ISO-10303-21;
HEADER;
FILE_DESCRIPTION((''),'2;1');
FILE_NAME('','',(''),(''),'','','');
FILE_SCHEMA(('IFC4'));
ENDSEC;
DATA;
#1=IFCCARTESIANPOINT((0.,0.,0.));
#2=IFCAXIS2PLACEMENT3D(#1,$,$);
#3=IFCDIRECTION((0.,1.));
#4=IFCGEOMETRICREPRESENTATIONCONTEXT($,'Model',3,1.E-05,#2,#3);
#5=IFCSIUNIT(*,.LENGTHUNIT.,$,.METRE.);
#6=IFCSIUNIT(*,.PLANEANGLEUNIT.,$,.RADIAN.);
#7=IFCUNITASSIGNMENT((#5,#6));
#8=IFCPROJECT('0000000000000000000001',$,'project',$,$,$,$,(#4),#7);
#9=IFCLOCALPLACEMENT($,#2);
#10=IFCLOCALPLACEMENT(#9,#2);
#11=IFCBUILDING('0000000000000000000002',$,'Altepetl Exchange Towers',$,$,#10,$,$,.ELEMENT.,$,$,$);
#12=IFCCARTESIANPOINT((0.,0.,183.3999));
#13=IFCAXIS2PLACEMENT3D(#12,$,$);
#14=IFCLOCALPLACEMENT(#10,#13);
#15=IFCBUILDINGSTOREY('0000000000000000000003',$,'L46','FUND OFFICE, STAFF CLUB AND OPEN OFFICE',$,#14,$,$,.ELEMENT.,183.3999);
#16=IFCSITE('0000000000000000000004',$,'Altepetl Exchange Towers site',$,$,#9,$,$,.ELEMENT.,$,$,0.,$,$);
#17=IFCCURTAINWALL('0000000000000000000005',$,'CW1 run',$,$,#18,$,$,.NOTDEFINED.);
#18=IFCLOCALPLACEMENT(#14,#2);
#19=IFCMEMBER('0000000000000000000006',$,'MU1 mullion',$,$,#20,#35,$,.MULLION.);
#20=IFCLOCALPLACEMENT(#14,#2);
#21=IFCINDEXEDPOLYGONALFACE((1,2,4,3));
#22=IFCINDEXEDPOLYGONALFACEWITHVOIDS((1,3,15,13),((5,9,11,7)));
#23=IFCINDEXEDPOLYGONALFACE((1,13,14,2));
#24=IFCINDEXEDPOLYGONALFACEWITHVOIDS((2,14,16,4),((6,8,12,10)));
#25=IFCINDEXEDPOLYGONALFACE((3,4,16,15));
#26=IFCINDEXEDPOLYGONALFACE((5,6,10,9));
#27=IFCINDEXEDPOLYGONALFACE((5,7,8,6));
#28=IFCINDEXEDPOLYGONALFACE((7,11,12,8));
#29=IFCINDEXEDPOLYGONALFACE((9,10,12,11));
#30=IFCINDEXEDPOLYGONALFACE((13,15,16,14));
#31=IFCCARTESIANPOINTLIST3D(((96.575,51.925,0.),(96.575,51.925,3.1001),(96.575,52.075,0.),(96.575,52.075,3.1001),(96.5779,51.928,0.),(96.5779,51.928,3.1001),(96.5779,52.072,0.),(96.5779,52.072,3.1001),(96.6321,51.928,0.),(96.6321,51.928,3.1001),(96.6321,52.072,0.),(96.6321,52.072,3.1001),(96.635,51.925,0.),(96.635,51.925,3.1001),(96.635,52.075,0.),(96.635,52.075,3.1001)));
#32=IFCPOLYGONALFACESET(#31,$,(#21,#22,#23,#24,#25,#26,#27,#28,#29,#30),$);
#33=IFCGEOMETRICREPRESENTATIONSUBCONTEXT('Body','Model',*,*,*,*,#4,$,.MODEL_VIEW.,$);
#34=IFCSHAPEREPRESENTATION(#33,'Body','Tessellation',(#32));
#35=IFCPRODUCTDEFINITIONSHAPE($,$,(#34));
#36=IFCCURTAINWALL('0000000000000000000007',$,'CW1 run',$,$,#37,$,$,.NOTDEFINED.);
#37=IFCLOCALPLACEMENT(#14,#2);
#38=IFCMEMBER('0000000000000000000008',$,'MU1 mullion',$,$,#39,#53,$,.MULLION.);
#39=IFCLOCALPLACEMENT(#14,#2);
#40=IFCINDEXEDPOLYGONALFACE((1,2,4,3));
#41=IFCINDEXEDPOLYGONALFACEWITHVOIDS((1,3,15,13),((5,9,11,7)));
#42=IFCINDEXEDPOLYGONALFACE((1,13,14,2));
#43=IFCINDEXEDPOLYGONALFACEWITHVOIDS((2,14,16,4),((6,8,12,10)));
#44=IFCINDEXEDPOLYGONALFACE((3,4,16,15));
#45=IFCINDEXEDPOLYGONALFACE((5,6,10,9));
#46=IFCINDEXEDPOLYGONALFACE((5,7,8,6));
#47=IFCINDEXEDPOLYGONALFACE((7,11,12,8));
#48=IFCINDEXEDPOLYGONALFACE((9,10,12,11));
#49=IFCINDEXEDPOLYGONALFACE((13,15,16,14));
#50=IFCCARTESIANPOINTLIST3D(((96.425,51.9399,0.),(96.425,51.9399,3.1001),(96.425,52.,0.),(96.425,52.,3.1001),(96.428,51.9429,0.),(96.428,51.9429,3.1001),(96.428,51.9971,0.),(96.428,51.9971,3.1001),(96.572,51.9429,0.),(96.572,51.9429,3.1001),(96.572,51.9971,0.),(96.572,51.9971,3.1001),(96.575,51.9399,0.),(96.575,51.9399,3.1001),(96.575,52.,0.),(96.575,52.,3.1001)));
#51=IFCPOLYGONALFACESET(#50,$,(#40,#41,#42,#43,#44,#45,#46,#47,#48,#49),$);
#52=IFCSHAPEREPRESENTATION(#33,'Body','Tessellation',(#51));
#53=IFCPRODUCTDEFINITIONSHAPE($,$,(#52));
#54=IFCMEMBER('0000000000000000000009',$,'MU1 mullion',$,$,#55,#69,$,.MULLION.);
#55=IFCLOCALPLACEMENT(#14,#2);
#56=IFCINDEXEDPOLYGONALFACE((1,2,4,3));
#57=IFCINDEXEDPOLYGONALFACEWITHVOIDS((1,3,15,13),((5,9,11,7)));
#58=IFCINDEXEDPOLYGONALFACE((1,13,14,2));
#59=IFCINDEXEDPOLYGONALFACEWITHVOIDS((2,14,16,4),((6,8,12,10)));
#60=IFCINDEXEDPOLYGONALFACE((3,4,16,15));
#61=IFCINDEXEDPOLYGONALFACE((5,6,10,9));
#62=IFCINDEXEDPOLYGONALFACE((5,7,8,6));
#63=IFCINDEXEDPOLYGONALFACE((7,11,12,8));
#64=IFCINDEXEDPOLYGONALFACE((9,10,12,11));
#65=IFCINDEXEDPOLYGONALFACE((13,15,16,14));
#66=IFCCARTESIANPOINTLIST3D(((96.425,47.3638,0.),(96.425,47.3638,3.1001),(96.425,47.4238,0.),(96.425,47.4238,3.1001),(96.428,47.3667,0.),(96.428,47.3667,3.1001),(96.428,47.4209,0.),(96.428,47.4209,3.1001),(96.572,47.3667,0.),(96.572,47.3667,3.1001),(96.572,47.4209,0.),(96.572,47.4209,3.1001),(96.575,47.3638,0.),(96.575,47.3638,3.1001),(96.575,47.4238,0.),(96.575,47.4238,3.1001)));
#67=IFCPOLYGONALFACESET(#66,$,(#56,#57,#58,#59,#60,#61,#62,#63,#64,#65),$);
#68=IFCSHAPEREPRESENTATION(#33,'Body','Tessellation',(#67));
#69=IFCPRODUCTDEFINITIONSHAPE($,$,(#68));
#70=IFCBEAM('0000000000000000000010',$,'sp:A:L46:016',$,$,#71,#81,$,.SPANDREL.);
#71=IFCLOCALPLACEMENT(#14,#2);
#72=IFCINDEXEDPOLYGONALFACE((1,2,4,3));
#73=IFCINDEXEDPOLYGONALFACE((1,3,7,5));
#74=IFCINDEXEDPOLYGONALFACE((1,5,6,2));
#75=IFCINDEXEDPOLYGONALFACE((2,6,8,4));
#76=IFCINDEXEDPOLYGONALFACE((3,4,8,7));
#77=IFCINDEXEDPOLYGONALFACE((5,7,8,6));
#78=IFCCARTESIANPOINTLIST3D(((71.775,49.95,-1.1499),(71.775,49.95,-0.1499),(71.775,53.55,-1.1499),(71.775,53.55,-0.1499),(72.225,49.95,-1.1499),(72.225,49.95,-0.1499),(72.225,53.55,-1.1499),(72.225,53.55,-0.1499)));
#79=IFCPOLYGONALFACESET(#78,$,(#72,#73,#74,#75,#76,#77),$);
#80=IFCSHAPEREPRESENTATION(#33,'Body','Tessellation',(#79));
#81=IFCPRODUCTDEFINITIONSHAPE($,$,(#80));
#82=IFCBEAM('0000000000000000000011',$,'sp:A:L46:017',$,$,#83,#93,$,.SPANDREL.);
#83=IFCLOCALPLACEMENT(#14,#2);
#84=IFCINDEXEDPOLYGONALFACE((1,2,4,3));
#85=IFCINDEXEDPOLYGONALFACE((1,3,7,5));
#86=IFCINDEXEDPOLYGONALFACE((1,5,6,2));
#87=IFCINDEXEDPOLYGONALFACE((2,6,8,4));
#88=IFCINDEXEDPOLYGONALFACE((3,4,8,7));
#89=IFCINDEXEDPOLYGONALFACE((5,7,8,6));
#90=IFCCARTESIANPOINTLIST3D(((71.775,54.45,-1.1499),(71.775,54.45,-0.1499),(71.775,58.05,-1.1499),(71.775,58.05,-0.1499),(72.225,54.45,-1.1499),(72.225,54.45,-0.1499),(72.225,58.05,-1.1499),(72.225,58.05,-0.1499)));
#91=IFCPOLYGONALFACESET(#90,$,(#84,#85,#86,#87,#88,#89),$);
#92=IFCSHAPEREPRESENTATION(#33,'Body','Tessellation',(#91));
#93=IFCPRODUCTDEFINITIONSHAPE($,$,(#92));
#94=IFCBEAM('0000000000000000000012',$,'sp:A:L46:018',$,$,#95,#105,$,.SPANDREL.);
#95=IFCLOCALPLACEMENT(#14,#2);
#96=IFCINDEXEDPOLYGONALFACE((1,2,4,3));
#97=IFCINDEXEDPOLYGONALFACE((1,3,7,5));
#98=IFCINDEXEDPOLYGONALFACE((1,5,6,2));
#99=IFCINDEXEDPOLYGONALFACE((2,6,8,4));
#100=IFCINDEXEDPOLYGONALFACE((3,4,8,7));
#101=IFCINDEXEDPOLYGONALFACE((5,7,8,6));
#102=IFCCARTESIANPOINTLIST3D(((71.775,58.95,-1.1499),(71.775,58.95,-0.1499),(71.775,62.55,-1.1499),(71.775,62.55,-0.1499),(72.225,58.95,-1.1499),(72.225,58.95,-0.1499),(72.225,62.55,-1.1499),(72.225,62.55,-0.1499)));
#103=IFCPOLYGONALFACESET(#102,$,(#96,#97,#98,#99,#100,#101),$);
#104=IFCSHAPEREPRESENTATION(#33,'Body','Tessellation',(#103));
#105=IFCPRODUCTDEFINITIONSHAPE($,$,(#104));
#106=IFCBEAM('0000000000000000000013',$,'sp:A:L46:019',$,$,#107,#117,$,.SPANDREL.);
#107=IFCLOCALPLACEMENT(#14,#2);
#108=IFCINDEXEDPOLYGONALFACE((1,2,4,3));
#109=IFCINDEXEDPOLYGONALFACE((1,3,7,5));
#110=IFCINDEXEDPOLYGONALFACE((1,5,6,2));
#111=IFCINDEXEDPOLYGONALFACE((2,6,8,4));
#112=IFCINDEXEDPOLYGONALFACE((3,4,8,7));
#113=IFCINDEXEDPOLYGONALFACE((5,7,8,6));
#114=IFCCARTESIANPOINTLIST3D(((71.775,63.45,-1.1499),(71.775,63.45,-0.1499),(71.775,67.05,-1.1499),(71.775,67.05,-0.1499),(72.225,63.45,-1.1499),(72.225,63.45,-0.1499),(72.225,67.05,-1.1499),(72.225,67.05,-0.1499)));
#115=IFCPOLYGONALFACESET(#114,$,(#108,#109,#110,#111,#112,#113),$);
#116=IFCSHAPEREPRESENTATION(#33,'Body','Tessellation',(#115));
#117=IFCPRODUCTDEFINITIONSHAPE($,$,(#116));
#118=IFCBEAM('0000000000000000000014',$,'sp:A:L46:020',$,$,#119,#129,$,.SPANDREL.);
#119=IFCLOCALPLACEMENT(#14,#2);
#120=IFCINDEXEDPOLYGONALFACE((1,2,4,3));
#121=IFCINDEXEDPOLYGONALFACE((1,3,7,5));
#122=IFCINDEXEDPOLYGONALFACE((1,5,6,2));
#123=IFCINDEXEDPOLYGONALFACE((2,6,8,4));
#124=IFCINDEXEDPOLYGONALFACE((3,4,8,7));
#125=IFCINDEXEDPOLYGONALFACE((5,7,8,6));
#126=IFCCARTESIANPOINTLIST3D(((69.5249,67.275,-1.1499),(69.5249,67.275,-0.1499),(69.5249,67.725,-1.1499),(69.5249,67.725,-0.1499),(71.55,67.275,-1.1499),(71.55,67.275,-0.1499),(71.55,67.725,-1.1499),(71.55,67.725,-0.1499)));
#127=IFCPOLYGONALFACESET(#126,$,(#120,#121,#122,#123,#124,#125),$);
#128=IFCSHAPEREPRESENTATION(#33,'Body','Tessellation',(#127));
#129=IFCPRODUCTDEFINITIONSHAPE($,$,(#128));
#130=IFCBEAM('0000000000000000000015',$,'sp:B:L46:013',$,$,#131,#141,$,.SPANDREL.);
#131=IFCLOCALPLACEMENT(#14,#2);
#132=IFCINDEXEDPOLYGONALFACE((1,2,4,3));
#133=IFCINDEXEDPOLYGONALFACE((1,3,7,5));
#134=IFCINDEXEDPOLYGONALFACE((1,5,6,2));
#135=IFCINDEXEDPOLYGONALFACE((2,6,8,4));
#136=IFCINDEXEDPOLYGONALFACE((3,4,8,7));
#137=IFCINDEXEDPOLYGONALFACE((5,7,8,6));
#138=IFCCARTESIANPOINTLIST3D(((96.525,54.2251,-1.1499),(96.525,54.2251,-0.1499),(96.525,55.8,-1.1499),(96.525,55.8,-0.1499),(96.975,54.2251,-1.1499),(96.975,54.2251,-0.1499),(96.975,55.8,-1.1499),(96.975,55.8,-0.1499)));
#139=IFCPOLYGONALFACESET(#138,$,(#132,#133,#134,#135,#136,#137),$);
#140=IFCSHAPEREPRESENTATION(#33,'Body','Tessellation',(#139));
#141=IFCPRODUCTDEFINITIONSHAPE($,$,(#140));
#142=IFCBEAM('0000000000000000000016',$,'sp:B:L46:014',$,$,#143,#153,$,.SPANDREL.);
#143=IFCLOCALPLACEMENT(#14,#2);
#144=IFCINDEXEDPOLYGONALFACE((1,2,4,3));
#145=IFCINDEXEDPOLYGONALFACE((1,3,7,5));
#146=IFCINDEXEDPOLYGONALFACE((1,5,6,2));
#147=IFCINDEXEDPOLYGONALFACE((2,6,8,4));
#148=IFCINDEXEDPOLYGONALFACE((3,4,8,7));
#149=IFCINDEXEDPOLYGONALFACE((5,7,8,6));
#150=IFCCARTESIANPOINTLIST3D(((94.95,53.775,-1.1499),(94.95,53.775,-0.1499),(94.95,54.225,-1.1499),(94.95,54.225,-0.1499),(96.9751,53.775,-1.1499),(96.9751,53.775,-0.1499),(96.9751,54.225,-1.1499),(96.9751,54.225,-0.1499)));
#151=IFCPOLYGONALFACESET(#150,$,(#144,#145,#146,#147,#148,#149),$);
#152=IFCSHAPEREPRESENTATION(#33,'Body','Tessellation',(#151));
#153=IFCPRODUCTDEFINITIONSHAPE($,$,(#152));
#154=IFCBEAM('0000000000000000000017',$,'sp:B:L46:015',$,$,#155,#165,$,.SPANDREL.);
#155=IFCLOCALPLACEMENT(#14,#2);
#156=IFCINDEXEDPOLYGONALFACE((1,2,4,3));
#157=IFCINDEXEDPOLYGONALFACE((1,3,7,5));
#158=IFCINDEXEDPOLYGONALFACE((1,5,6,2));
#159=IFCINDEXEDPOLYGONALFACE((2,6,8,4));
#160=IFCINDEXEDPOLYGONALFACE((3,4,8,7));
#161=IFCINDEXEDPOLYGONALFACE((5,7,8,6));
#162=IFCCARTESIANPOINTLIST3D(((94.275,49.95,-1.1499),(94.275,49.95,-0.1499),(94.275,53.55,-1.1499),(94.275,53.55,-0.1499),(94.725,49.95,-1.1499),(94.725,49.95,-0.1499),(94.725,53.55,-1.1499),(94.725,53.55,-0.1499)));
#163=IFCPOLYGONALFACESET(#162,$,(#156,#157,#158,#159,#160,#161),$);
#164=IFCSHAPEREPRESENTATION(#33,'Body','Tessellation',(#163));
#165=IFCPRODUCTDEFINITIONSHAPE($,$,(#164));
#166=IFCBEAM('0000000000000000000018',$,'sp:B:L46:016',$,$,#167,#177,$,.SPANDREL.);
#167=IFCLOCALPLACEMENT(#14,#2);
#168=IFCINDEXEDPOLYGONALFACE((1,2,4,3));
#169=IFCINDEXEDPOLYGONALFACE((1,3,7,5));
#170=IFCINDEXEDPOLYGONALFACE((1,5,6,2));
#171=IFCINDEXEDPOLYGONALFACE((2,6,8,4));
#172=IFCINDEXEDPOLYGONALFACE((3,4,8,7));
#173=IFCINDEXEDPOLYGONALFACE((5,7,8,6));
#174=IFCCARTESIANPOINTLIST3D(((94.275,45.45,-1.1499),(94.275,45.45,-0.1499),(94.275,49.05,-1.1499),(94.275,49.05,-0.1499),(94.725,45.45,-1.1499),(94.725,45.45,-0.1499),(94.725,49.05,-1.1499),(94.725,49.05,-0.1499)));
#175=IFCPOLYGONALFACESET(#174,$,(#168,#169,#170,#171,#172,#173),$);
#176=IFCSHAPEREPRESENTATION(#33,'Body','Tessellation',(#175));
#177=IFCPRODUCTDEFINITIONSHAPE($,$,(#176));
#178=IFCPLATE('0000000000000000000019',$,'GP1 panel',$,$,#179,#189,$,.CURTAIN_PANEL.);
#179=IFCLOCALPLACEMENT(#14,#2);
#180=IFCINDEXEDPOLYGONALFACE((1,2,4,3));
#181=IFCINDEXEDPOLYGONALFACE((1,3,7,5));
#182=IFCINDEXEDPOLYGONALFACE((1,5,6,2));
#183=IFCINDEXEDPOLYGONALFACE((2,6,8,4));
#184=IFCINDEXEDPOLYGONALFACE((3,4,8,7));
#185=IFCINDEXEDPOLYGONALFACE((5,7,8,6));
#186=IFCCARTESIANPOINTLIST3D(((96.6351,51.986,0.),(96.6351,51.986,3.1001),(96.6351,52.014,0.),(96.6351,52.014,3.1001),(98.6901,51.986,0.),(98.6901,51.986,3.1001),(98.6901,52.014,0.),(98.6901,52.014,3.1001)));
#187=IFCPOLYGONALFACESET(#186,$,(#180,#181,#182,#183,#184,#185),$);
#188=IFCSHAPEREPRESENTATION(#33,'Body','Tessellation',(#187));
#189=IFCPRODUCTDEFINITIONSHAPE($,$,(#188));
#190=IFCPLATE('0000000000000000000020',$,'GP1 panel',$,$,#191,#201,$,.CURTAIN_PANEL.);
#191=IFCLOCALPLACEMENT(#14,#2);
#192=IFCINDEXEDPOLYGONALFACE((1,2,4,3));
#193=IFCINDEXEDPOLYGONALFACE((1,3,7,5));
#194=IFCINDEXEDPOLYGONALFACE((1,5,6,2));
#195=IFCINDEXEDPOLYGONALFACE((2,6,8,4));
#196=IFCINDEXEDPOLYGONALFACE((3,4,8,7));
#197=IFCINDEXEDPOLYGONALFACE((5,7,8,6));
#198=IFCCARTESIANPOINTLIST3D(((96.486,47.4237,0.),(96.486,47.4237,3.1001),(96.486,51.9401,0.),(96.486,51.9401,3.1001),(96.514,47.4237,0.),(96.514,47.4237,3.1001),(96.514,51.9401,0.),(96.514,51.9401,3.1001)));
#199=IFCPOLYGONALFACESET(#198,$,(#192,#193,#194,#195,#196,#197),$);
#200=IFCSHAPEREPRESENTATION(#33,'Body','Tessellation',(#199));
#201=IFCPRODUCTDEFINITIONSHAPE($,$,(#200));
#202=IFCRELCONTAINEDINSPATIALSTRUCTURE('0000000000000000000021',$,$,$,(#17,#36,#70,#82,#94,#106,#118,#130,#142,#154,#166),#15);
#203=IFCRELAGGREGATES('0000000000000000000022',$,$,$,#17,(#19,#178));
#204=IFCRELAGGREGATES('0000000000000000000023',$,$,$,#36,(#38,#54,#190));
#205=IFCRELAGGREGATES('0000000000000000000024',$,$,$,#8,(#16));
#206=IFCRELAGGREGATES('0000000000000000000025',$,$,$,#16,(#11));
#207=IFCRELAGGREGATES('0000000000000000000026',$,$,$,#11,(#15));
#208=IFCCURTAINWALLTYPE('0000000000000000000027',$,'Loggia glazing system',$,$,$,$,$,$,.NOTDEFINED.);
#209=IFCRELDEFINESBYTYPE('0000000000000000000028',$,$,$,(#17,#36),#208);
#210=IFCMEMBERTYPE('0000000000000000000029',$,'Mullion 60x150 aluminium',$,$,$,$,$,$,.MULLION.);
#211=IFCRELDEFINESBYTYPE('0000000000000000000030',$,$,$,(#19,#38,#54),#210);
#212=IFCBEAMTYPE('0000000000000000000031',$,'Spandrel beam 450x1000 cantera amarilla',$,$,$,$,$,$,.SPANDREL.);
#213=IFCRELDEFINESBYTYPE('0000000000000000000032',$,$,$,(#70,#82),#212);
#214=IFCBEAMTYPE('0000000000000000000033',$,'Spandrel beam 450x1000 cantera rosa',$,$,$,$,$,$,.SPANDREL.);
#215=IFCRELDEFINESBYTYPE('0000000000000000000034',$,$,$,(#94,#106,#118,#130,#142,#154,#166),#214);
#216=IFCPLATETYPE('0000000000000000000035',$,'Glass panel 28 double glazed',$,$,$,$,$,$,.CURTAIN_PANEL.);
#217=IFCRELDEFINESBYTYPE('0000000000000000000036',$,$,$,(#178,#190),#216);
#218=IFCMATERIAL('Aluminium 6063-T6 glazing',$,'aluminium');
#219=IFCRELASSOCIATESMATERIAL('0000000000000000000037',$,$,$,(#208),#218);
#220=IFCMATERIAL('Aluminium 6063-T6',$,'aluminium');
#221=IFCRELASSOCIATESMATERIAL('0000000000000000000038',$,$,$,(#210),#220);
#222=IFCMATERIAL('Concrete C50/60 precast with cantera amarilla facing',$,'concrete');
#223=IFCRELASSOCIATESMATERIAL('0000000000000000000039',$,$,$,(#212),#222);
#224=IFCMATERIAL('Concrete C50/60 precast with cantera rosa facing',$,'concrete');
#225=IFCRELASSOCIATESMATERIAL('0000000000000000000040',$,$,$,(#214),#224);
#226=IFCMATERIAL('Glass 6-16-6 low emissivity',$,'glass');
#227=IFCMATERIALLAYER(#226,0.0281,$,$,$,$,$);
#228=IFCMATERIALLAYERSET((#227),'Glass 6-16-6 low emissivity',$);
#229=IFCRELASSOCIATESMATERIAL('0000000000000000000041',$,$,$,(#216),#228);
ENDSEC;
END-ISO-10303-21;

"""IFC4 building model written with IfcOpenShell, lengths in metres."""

from ifc_helpers import new_model, si_unit, direction, frame, origin, origin_2d, place, context, subcontext, project, spatial, rectangle, hollow_rectangle, extrude, material, layer, layer_set, material_profile, profile_set, type_object, element, aggregate, save


model = new_model("IFC4")

# Units and contexts
model_context = context("Model", 3, precision=1e-05, world=origin(), true_north=direction((0.0, 1.0)))
body_context = subcontext(model_context, "Body", "Model", "MODEL_VIEW")
ifc_project = project(units=[si_unit("LENGTHUNIT", "METRE"), si_unit("PLANEANGLEUNIT", "RADIAN")], contexts=[model_context])

# Site, building, storey
site_placement = place(None, origin())
site = spatial("IfcSite", under=ifc_project, at=site_placement, Name="Altepetl Exchange Towers site", CompositionType="ELEMENT", RefElevation=0.0)
building_placement = place(site_placement, origin())
building = spatial("IfcBuilding", under=site, at=building_placement, Name="Altepetl Exchange Towers", CompositionType="ELEMENT")
storey_placement = place(building_placement, frame((0.0, 0.0, 183.3999)))
storey = spatial("IfcBuildingStorey", under=building, at=storey_placement, Name="L46", Description="FUND OFFICE, STAFF CLUB AND OPEN OFFICE", CompositionType="ELEMENT", Elevation=183.3999)

# Shared definitions
ifc_material_1 = material(Name="Aluminium 6063-T6 glazing", Category="aluminium")
curtain_wall_type = type_object("IfcCurtainWallType", Name="Loggia glazing system", PredefinedType="NOTDEFINED", material=ifc_material_1)
ifc_material_2 = material(Name="Aluminium 6063-T6", Category="aluminium")
ifc_material_profile_1 = material_profile(ifc_material_2, hollow_rectangle(XDim=0.0601, YDim=0.1499, WallThickness=0.0029, at=origin_2d()), Name="Mullion 60x150 aluminium")
ifc_profile_set_1 = profile_set([ifc_material_profile_1], Name="Aluminium 6063-T6")
member_type = type_object("IfcMemberType", Name="Mullion 60x150 aluminium", PredefinedType="MULLION", material=ifc_profile_set_1)

# Curtain walls, members
curtain_wall_1_placement = place(storey_placement, origin())
curtain_wall_1 = element("IfcCurtainWall", 1, at=curtain_wall_1_placement, inside=storey, type_object=curtain_wall_type, Name="CW1 run", PredefinedType="NOTDEFINED")
member_1_placement = place(storey_placement, frame((96.605, 52.0, 0.0), z_axis=(0.0, 0.0, 1.0), x_axis=(-1.0, 0.0, 0.0)))
member_1 = element("IfcMember", 2, at=member_1_placement, type_object=member_type, Name="MU1 mullion", PredefinedType="MULLION", context=body_context, shape_type="SweptSolid", body=[
    extrude(hollow_rectangle(XDim=0.0601, YDim=0.1499, WallThickness=0.0029, at=origin_2d()), origin(), (0.0, 0.0, 1.0), 3.1001),
])
curtain_wall_2_placement = place(storey_placement, origin())
curtain_wall_2 = element("IfcCurtainWall", 3, at=curtain_wall_2_placement, inside=storey, type_object=curtain_wall_type, Name="CW1 run", PredefinedType="NOTDEFINED")
member_2_placement = place(storey_placement, frame((96.5, 51.97, 0.0), z_axis=(0.0, 0.0, 1.0), x_axis=(0.0, -1.0, 0.0)))
member_2 = element("IfcMember", 4, at=member_2_placement, type_object=member_type, Name="MU1 mullion", PredefinedType="MULLION", context=body_context, shape_type="SweptSolid", body=[
    extrude(hollow_rectangle(XDim=0.0601, YDim=0.1499, WallThickness=0.0029, at=origin_2d()), origin(), (0.0, 0.0, 1.0), 3.1001),
])
member_3_placement = place(storey_placement, frame((96.5, 47.3938, 0.0), z_axis=(0.0, 0.0, 1.0), x_axis=(0.0, -1.0, 0.0)))
member_3 = element("IfcMember", 5, at=member_3_placement, type_object=member_type, Name="MU1 mullion", PredefinedType="MULLION", context=body_context, shape_type="SweptSolid", body=[
    extrude(hollow_rectangle(XDim=0.0601, YDim=0.1499, WallThickness=0.0029, at=origin_2d()), origin(), (0.0, 0.0, 1.0), 3.1001),
])

# Beams
ifc_material_3 = material(Name="Concrete C50/60 precast with cantera amarilla facing", Category="concrete")
ifc_material_profile_2 = material_profile(ifc_material_3, rectangle(XDim=0.45, YDim=1.0, at=origin_2d()), Name="450 x 1000")
ifc_profile_set_2 = profile_set([ifc_material_profile_2], Name="Concrete C50/60 precast with cantera amarilla facing")
beam_type_1 = type_object("IfcBeamType", Name="Spandrel beam 450x1000 cantera amarilla", PredefinedType="SPANDREL", material=ifc_profile_set_2)
for number, where, z_axis, x_axis, name in (
    (6, (72.0, 49.95, -0.6499), (0.0, 1.0, 0.0), (-1.0, 0.0, 0.0), "sp:A:L46:016"),
    (7, (72.0, 54.45, -0.6499), (0.0, 1.0, 0.0), (-1.0, 0.0, 0.0), "sp:A:L46:017"),
):
    element("IfcBeam", number, at=place(storey_placement, frame(where, z_axis=z_axis, x_axis=x_axis)), inside=storey, type_object=beam_type_1, Name=name, PredefinedType="SPANDREL", context=body_context, shape_type="SweptSolid", body=[
        extrude(rectangle(XDim=0.45, YDim=1.0, at=origin_2d()), origin(), (0.0, 0.0, 1.0), 3.6001),
    ])
ifc_material_4 = material(Name="Concrete C50/60 precast with cantera rosa facing", Category="concrete")
ifc_material_profile_3 = material_profile(ifc_material_4, rectangle(XDim=0.45, YDim=1.0, at=origin_2d()), Name="450 x 1000")
ifc_profile_set_3 = profile_set([ifc_material_profile_3], Name="Concrete C50/60 precast with cantera rosa facing")
beam_type_2 = type_object("IfcBeamType", Name="Spandrel beam 450x1000 cantera rosa", PredefinedType="SPANDREL", material=ifc_profile_set_3)
for number, where, z_axis, x_axis, name in (
    (8, (72.0, 58.95, -0.6499), (0.0, 1.0, 0.0), (-1.0, 0.0, 0.0), "sp:A:L46:018"),
    (9, (72.0, 63.45, -0.6499), (0.0, 1.0, 0.0), (-1.0, 0.0, 0.0), "sp:A:L46:019"),
):
    element("IfcBeam", number, at=place(storey_placement, frame(where, z_axis=z_axis, x_axis=x_axis)), inside=storey, type_object=beam_type_2, Name=name, PredefinedType="SPANDREL", context=body_context, shape_type="SweptSolid", body=[
        extrude(rectangle(XDim=0.45, YDim=1.0, at=origin_2d()), origin(), (0.0, 0.0, 1.0), 3.6001),
    ])
beam_1_placement = place(storey_placement, frame((71.55, 67.5, -0.6499), z_axis=(-1.0, 0.0, 0.0), x_axis=(0.0, -1.0, 0.0)))
element("IfcBeam", 10, at=beam_1_placement, inside=storey, type_object=beam_type_2, Name="sp:A:L46:020", PredefinedType="SPANDREL", context=body_context, shape_type="SweptSolid", body=[
    extrude(rectangle(XDim=0.45, YDim=1.0, at=origin_2d()), origin(), (0.0, 0.0, 1.0), 2.0251),
])
beam_2_placement = place(storey_placement, frame((96.75, 55.8, -0.6499), z_axis=(0.0, -1.0, 0.0), x_axis=(1.0, 0.0, 0.0)))
element("IfcBeam", 11, at=beam_2_placement, inside=storey, type_object=beam_type_2, Name="sp:B:L46:013", PredefinedType="SPANDREL", context=body_context, shape_type="SweptSolid", body=[
    extrude(rectangle(XDim=0.45, YDim=1.0, at=origin_2d()), origin(), (0.0, 0.0, 1.0), 1.575),
])
beam_3_placement = place(storey_placement, frame((96.9751, 54.0, -0.6499), z_axis=(-1.0, 0.0, 0.0), x_axis=(0.0, -1.0, 0.0)))
element("IfcBeam", 12, at=beam_3_placement, inside=storey, type_object=beam_type_2, Name="sp:B:L46:014", PredefinedType="SPANDREL", context=body_context, shape_type="SweptSolid", body=[
    extrude(rectangle(XDim=0.45, YDim=1.0, at=origin_2d()), origin(), (0.0, 0.0, 1.0), 2.0251),
])
for number, where, z_axis, x_axis, name in (
    (13, (94.5, 53.55, -0.6499), (0.0, -1.0, 0.0), (1.0, 0.0, 0.0), "sp:B:L46:015"),
    (14, (94.5, 49.05, -0.6499), (0.0, -1.0, 0.0), (1.0, 0.0, 0.0), "sp:B:L46:016"),
):
    element("IfcBeam", number, at=place(storey_placement, frame(where, z_axis=z_axis, x_axis=x_axis)), inside=storey, type_object=beam_type_2, Name=name, PredefinedType="SPANDREL", context=body_context, shape_type="SweptSolid", body=[
        extrude(rectangle(XDim=0.45, YDim=1.0, at=origin_2d()), origin(), (0.0, 0.0, 1.0), 3.6001),
    ])

# Plates
ifc_material_5 = material(Name="Glass 6-16-6 low emissivity", Category="glass")
ifc_layer_1 = layer(ifc_material_5, 0.0281)
ifc_layer_set_1 = layer_set([ifc_layer_1], Name="Glass 6-16-6 low emissivity")
plate_type = type_object("IfcPlateType", Name="Glass panel 28 double glazed", PredefinedType="CURTAIN_PANEL", material=ifc_layer_set_1)
plate_1_placement = place(storey_placement, frame((97.6626, 52.0, 0.0), z_axis=(0.0, 0.0, 1.0), x_axis=(-1.0, 0.0, 0.0)))
plate_1 = element("IfcPlate", 15, at=plate_1_placement, type_object=plate_type, Name="GP1 panel", PredefinedType="CURTAIN_PANEL", context=body_context, shape_type="SweptSolid", body=[
    extrude(rectangle(XDim=2.0549, YDim=0.0281, at=origin_2d()), origin(), (0.0, 0.0, 1.0), 3.1001),
])
aggregate(curtain_wall_1, [member_1, plate_1])
plate_2_placement = place(storey_placement, frame((96.5, 49.6819, 0.0), z_axis=(0.0, 0.0, 1.0), x_axis=(0.0, -1.0, 0.0)))
plate_2 = element("IfcPlate", 16, at=plate_2_placement, type_object=plate_type, Name="GP1 panel", PredefinedType="CURTAIN_PANEL", context=body_context, shape_type="SweptSolid", body=[
    extrude(rectangle(XDim=4.5164, YDim=0.0281, at=origin_2d()), origin(), (0.0, 0.0, 1.0), 3.1001),
])
aggregate(curtain_wall_2, [member_2, member_3, plate_2])

save(model, "model.ifc")
